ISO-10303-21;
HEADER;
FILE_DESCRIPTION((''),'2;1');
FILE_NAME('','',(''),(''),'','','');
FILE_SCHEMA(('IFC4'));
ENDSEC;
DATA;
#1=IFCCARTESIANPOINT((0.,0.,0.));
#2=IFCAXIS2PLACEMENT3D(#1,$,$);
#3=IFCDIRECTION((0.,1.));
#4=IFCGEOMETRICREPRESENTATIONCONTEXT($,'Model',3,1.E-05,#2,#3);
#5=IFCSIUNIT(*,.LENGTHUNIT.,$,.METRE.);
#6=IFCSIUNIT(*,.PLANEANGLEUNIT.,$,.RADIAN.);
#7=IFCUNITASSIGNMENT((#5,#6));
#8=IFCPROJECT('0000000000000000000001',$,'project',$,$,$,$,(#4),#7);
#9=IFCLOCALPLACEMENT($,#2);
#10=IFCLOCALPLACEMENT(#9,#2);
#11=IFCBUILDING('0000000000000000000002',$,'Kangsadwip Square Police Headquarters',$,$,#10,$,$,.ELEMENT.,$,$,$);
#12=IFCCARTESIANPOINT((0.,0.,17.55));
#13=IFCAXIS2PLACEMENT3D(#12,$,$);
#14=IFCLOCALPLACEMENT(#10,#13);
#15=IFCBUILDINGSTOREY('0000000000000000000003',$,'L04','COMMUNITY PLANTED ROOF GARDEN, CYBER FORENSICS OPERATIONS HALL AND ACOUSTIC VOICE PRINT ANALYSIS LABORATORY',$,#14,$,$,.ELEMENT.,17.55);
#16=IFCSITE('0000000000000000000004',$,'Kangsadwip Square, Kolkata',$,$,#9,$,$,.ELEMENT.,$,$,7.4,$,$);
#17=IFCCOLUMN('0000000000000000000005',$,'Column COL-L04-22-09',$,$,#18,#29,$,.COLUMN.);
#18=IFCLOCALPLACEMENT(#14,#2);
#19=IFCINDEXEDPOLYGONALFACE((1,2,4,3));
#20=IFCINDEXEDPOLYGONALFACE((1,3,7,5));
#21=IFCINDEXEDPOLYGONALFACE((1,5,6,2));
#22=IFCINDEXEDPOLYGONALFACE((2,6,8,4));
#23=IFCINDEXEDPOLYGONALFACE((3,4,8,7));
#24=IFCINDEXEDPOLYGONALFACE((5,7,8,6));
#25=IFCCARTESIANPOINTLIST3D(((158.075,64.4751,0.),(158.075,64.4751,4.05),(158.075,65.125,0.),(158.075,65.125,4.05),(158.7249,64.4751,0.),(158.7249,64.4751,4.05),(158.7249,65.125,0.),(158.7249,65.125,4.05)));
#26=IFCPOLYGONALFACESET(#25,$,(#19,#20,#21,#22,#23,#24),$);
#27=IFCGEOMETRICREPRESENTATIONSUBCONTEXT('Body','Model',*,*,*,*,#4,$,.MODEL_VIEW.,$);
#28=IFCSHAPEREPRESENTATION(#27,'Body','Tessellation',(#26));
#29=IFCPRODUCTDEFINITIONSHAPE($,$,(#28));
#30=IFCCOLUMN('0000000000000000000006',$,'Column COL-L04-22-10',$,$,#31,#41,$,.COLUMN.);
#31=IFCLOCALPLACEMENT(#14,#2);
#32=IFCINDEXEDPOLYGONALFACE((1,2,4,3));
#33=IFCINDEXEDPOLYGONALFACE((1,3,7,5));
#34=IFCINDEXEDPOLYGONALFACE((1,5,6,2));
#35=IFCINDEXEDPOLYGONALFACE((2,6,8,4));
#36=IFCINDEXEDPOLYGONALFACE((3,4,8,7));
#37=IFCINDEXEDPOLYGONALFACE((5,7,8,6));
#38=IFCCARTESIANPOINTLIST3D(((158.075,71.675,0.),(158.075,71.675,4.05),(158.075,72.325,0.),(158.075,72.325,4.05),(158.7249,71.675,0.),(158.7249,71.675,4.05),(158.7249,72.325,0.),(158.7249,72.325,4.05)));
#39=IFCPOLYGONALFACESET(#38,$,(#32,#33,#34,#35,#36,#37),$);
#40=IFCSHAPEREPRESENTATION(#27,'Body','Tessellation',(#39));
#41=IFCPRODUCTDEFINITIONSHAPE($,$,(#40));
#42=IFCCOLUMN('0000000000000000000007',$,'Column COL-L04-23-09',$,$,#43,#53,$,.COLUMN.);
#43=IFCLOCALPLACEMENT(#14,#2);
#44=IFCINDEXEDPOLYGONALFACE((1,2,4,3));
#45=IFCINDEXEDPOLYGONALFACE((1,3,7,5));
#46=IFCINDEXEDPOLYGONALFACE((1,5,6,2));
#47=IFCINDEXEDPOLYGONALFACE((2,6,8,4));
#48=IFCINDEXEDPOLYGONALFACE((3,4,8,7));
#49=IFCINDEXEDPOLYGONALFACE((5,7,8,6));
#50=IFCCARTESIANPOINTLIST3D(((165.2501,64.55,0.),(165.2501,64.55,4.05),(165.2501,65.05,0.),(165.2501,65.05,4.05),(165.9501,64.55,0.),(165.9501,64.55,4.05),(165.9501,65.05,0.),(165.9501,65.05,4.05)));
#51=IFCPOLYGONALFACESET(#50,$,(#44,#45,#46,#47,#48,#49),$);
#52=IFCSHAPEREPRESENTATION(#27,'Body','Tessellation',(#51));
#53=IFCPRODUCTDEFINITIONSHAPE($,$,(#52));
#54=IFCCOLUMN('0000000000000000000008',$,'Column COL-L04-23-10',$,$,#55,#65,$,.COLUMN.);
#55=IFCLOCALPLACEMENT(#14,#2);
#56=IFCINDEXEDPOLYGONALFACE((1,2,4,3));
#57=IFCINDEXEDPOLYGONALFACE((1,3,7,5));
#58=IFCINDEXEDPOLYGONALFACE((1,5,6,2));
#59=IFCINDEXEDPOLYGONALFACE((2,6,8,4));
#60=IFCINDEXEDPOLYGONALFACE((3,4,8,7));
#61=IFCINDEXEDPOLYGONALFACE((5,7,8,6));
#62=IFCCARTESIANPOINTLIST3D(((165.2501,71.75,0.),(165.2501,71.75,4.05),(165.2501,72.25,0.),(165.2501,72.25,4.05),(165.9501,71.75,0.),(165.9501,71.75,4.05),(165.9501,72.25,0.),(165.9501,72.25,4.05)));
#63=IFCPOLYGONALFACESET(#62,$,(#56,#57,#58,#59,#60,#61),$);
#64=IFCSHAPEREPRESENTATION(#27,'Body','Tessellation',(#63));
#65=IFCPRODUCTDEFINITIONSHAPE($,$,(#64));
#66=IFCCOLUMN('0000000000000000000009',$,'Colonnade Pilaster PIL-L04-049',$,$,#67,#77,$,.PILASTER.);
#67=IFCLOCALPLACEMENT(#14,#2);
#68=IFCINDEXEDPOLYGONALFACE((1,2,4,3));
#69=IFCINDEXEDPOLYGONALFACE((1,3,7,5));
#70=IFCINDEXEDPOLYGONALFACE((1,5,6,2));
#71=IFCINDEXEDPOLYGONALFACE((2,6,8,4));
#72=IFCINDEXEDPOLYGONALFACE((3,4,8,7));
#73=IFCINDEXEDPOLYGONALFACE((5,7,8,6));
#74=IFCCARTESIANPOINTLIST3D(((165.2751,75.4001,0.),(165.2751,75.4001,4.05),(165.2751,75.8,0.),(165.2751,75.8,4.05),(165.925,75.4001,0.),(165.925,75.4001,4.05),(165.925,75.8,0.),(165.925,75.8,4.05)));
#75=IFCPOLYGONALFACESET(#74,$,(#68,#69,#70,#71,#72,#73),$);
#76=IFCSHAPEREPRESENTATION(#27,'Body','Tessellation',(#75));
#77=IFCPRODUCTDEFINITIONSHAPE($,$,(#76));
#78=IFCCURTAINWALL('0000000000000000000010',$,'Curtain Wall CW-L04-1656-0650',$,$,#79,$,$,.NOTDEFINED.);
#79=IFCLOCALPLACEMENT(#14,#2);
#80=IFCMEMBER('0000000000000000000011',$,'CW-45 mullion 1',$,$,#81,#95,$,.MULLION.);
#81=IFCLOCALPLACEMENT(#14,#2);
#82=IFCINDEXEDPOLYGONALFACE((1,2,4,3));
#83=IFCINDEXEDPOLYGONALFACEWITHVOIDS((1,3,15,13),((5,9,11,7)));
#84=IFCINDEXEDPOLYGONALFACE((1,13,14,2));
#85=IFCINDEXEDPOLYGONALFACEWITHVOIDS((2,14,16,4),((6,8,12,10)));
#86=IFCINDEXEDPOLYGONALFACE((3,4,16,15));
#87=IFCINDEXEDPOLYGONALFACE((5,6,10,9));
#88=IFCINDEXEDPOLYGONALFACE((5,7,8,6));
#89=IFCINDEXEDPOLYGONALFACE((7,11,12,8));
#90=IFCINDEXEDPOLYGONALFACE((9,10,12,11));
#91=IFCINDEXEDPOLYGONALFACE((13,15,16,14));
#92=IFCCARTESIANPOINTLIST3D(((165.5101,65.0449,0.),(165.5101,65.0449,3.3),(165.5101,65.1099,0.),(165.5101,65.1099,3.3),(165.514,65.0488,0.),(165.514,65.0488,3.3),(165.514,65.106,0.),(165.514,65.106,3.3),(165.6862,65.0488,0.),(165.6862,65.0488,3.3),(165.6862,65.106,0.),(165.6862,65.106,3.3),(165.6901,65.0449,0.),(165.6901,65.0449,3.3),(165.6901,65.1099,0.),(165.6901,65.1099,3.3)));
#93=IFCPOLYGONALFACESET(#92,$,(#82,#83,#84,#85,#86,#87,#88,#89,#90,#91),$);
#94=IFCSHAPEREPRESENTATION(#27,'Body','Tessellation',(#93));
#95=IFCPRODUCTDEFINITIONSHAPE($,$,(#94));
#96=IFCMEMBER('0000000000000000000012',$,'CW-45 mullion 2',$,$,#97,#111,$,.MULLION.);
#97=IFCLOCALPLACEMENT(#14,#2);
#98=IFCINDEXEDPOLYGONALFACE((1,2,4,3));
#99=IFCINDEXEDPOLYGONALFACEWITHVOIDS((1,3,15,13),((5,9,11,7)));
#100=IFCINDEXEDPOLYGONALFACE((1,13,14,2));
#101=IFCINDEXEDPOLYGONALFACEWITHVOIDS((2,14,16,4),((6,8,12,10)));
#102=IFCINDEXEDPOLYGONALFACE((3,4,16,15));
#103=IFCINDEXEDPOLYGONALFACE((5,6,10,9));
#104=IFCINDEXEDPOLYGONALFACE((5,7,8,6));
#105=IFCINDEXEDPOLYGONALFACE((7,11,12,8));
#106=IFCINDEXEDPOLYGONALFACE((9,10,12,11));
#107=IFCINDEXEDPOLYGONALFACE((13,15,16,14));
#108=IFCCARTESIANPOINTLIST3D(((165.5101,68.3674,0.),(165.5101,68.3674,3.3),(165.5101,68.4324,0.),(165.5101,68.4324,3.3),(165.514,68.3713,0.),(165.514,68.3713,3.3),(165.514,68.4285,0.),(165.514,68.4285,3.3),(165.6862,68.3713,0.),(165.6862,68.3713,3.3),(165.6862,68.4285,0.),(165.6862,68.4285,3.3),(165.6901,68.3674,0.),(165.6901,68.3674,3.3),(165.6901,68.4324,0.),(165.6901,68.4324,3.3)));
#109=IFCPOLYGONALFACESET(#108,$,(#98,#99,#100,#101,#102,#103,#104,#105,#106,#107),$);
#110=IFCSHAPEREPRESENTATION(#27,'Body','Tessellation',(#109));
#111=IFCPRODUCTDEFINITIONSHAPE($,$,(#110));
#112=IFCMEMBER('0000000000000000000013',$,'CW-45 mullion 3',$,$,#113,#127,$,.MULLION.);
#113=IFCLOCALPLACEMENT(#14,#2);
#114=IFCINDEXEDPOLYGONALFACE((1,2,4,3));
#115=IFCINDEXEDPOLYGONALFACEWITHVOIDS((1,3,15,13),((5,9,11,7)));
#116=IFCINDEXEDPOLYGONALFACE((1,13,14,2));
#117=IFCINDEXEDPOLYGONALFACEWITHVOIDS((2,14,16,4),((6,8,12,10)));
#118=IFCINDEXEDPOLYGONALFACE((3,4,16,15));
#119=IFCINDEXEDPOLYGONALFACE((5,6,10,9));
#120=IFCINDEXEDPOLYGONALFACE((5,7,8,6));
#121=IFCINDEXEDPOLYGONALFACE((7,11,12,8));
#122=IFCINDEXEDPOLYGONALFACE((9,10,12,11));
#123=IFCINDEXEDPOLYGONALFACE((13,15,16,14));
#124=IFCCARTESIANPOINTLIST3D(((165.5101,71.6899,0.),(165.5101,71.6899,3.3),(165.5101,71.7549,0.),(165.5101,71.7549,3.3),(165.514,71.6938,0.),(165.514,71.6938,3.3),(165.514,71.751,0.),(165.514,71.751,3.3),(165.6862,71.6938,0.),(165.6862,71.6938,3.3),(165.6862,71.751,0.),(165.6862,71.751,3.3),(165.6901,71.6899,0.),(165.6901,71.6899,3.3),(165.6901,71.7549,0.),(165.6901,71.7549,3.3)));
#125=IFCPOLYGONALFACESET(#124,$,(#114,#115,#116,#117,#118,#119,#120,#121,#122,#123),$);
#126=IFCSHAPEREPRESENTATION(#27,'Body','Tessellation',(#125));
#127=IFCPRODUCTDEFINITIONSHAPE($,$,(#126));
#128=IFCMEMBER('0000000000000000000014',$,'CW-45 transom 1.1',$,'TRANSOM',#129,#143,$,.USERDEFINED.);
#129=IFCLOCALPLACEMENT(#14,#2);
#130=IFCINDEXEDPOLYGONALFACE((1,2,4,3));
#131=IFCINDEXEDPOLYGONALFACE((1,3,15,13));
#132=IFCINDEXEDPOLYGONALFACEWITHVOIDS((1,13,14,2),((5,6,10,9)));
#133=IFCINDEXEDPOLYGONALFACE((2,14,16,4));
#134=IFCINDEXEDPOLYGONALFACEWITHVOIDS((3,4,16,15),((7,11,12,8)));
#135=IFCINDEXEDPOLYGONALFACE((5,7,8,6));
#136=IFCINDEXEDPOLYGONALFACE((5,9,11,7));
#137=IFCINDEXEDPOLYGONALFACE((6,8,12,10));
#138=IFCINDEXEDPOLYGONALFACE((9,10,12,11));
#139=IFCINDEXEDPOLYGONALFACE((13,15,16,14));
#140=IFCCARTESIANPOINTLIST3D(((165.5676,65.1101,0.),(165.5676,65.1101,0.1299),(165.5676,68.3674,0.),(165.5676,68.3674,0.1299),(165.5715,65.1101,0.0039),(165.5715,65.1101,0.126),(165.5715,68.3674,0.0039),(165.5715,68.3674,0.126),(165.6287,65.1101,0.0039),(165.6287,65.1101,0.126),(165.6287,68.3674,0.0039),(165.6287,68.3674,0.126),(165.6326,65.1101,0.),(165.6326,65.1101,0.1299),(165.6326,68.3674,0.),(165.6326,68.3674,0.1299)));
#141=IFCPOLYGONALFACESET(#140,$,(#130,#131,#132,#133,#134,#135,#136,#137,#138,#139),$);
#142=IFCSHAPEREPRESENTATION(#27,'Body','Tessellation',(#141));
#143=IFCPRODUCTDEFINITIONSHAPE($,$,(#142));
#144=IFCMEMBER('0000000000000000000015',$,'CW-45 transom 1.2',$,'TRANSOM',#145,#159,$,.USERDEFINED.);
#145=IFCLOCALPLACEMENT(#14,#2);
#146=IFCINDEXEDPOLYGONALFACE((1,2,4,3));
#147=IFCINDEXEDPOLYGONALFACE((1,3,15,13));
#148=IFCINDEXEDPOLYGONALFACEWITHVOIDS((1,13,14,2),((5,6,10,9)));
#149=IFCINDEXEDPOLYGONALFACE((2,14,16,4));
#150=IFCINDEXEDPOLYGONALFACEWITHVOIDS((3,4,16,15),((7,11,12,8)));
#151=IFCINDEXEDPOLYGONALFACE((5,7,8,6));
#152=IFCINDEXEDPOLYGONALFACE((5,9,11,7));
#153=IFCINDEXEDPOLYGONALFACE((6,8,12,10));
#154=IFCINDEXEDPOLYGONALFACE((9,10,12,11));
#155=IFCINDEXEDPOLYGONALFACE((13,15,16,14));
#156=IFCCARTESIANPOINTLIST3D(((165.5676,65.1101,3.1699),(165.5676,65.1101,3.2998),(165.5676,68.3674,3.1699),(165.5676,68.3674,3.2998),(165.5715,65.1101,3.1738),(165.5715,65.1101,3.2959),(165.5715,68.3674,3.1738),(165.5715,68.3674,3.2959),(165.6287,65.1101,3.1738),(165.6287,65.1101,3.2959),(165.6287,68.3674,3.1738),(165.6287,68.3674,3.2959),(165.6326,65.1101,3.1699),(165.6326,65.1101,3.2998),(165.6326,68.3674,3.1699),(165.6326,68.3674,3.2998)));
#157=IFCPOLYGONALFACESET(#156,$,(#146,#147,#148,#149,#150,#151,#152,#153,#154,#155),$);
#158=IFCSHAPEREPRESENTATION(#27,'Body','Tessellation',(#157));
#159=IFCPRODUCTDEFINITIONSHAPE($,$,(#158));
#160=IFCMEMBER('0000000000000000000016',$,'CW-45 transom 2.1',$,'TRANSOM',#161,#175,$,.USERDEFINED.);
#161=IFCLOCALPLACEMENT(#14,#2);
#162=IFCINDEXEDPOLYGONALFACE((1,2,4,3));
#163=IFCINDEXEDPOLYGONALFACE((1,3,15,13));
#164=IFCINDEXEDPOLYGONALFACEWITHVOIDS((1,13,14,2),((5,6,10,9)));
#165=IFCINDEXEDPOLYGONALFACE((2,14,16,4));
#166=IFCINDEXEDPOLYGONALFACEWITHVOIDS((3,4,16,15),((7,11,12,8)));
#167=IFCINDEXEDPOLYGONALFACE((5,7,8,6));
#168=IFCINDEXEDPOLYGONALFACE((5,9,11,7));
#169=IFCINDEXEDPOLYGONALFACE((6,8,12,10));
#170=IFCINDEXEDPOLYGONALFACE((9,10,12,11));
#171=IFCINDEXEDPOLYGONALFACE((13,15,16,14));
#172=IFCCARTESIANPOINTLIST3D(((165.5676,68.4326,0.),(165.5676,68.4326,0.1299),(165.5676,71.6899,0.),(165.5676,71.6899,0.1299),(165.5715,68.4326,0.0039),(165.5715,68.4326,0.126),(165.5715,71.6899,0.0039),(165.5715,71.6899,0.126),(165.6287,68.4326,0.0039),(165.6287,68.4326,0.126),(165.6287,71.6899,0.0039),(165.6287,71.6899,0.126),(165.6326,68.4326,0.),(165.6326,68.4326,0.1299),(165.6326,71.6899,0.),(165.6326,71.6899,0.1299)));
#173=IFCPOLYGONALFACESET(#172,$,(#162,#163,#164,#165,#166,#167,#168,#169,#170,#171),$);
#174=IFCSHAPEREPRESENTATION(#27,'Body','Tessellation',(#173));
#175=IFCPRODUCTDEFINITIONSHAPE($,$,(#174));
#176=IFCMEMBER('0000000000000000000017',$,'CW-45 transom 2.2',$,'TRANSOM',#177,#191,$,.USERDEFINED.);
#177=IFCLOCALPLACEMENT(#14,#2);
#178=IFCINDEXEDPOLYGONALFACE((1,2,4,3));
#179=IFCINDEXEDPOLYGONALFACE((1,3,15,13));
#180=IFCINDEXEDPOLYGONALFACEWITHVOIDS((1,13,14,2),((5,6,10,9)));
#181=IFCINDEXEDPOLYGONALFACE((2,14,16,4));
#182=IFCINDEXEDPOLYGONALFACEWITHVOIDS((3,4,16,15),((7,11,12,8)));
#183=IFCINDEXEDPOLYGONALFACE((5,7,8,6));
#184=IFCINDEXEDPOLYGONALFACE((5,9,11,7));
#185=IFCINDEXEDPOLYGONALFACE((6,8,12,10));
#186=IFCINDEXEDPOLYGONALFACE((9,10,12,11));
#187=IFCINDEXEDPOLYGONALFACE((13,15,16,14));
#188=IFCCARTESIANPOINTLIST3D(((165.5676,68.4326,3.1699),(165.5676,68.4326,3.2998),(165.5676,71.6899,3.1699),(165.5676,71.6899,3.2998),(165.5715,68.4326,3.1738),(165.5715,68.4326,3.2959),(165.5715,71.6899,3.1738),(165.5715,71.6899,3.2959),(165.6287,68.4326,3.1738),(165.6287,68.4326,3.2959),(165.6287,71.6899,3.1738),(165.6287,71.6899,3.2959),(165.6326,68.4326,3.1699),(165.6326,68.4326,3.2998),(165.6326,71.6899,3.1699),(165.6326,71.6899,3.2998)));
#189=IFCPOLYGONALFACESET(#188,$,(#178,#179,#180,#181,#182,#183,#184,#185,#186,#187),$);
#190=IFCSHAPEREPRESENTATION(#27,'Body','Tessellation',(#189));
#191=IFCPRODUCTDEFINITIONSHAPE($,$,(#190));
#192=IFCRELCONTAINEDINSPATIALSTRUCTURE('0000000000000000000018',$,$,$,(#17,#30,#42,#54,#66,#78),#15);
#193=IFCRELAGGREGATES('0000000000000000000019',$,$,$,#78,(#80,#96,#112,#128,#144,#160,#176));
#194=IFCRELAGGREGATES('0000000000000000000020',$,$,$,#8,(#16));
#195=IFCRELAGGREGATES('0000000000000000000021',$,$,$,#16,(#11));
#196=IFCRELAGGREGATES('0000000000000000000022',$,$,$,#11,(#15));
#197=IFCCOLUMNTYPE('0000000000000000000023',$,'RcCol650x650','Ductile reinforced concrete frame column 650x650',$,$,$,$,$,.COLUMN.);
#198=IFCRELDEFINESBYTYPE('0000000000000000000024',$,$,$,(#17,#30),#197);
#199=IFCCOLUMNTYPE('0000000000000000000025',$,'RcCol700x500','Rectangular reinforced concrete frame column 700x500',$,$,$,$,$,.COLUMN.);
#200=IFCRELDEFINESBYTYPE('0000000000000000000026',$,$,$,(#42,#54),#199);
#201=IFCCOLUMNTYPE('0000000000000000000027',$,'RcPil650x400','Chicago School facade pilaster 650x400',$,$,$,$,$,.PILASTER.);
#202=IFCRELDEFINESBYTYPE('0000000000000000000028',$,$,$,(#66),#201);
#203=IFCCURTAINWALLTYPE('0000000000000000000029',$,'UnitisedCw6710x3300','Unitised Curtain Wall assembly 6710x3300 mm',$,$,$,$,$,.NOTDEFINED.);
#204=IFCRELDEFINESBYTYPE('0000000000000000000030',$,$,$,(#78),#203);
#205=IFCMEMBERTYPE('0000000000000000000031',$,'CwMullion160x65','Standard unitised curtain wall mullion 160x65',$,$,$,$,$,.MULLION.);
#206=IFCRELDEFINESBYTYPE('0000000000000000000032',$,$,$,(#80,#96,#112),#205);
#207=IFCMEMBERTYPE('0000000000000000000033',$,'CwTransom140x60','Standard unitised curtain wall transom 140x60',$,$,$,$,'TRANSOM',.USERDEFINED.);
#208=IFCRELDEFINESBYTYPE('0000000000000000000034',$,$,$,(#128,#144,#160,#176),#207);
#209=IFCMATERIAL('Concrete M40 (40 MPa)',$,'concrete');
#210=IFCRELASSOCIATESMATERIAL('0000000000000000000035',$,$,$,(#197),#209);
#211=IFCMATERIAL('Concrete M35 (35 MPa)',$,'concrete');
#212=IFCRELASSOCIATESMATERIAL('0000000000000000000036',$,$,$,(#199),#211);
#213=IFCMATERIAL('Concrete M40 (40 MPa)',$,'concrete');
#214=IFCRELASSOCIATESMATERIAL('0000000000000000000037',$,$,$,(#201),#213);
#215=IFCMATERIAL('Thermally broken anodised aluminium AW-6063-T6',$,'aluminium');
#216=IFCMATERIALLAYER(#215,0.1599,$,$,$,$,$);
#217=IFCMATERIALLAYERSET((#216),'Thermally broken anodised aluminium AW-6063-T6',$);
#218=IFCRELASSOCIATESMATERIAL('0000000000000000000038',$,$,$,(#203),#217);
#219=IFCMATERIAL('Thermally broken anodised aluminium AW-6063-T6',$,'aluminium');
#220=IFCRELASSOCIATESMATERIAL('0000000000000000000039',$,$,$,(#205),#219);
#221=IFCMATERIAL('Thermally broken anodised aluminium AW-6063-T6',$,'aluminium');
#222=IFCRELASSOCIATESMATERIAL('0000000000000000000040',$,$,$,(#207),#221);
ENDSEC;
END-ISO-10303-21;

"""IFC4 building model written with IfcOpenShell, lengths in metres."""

from ifc_helpers import new_model, si_unit, direction, frame, origin, origin_2d, place, context, subcontext, project, spatial, rectangle, hollow_rectangle, extrude, material, layer, layer_set, material_profile, profile_set, type_object, element, aggregate, save


model = new_model("IFC4")

# Units and contexts
model_context = context("Model", 3, precision=1e-05, world=origin(), true_north=direction((0.0, 1.0)))
body_context = subcontext(model_context, "Body", "Model", "MODEL_VIEW")
ifc_project = project(units=[si_unit("LENGTHUNIT", "METRE"), si_unit("PLANEANGLEUNIT", "RADIAN")], contexts=[model_context])

# Site, building, storey
site_placement = place(None, origin())
site = spatial("IfcSite", under=ifc_project, at=site_placement, Name="Kangsadwip Square, Kolkata", CompositionType="ELEMENT", RefElevation=7.4)
building_placement = place(site_placement, origin())
building = spatial("IfcBuilding", under=site, at=building_placement, Name="Kangsadwip Square Police Headquarters", CompositionType="ELEMENT")
storey_placement = place(building_placement, frame((0.0, 0.0, 17.55)))
storey = spatial("IfcBuildingStorey", under=building, at=storey_placement, Name="L04", Description="COMMUNITY PLANTED ROOF GARDEN, CYBER FORENSICS OPERATIONS HALL AND ACOUSTIC VOICE PRINT ANALYSIS LABORATORY", CompositionType="ELEMENT", Elevation=17.55)

# Columns
ifc_material_1 = material(Name="Concrete M40 (40 MPa)", Category="concrete")
ifc_material_profile_1 = material_profile(ifc_material_1, rectangle(XDim=0.6499, YDim=0.6499, at=origin_2d()), Name="RC COL 650X650")
ifc_profile_set_1 = profile_set([ifc_material_profile_1], Name="Concrete M40 (40 MPa)")
column_type_1 = type_object("IfcColumnType", Name="RcCol650x650", Description="Ductile reinforced concrete frame column 650x650", PredefinedType="COLUMN", material=ifc_profile_set_1)
for number, where, z_axis, x_axis, name in (
    (1, (158.3999, 64.8, 0.0), (0.0, 0.0, 1.0), (1.0, 0.0, 0.0), "Column COL-L04-22-09"),
    (2, (158.3999, 72.0, 0.0), (0.0, 0.0, 1.0), (1.0, 0.0, 0.0), "Column COL-L04-22-10"),
):
    element("IfcColumn", number, at=place(storey_placement, frame(where, z_axis=z_axis, x_axis=x_axis)), inside=storey, type_object=column_type_1, Name=name, PredefinedType="COLUMN", context=body_context, shape_type="SweptSolid", body=[
        extrude(rectangle(XDim=0.6499, YDim=0.6499, at=origin_2d()), origin(), (0.0, 0.0, 1.0), 4.05),
    ])
ifc_material_2 = material(Name="Concrete M35 (35 MPa)", Category="concrete")
ifc_material_profile_2 = material_profile(ifc_material_2, rectangle(XDim=0.5, YDim=0.7, at=origin_2d()), Name="RC COL 700X500")
ifc_profile_set_2 = profile_set([ifc_material_profile_2], Name="Concrete M35 (35 MPa)")
column_type_2 = type_object("IfcColumnType", Name="RcCol700x500", Description="Rectangular reinforced concrete frame column 700x500", PredefinedType="COLUMN", material=ifc_profile_set_2)
for number, where, z_axis, x_axis, name in (
    (3, (165.6001, 64.8, 0.0), (0.0, 0.0, 1.0), (0.0, 1.0, 0.0), "Column COL-L04-23-09"),
    (4, (165.6001, 72.0, 0.0), (0.0, 0.0, 1.0), (0.0, 1.0, 0.0), "Column COL-L04-23-10"),
):
    element("IfcColumn", number, at=place(storey_placement, frame(where, z_axis=z_axis, x_axis=x_axis)), inside=storey, type_object=column_type_2, Name=name, PredefinedType="COLUMN", context=body_context, shape_type="SweptSolid", body=[
        extrude(rectangle(XDim=0.5, YDim=0.7, at=origin_2d()), origin(), (0.0, 0.0, 1.0), 4.05),
    ])
ifc_material_3 = material(Name="Concrete M40 (40 MPa)", Category="concrete")
ifc_material_profile_3 = material_profile(ifc_material_3, rectangle(XDim=0.3999, YDim=0.6499, at=origin_2d()), Name="RC PIL 650X400")
ifc_profile_set_3 = profile_set([ifc_material_profile_3], Name="Concrete M40 (40 MPa)")
column_type_3 = type_object("IfcColumnType", Name="RcPil650x400", Description="Chicago School facade pilaster 650x400", PredefinedType="PILASTER", material=ifc_profile_set_3)
column_placement = place(storey_placement, frame((165.6001, 75.6001, 0.0), z_axis=(0.0, 0.0, 1.0), x_axis=(0.0, 1.0, 0.0)))
element("IfcColumn", 5, at=column_placement, inside=storey, type_object=column_type_3, Name="Colonnade Pilaster PIL-L04-049", PredefinedType="PILASTER", context=body_context, shape_type="SweptSolid", body=[
    extrude(rectangle(XDim=0.3999, YDim=0.6499, at=origin_2d()), origin(), (0.0, 0.0, 1.0), 4.05),
])

# Curtain wall, members
ifc_material_4 = material(Name="Thermally broken anodised aluminium AW-6063-T6", Category="aluminium")
ifc_layer_1 = layer(ifc_material_4, 0.1599)
ifc_layer_set_1 = layer_set([ifc_layer_1], Name="Thermally broken anodised aluminium AW-6063-T6")
curtain_wall_type = type_object("IfcCurtainWallType", Name="UnitisedCw6710x3300", Description="Unitised Curtain Wall assembly 6710x3300 mm", PredefinedType="NOTDEFINED", material=ifc_layer_set_1)
curtain_wall_placement = place(storey_placement, origin())
curtain_wall = element("IfcCurtainWall", 6, at=curtain_wall_placement, inside=storey, type_object=curtain_wall_type, Name="Curtain Wall CW-L04-1656-0650", PredefinedType="NOTDEFINED")
ifc_material_5 = material(Name="Thermally broken anodised aluminium AW-6063-T6", Category="aluminium")
ifc_material_profile_4 = material_profile(ifc_material_5, hollow_rectangle(XDim=0.0649, YDim=0.1799, WallThickness=0.0039, at=origin_2d()), Name="CWM 180X65X4")
ifc_profile_set_4 = profile_set([ifc_material_profile_4], Name="Thermally broken anodised aluminium AW-6063-T6")
member_type_1 = type_object("IfcMemberType", Name="CwMullion160x65", Description="Standard unitised curtain wall mullion 160x65", PredefinedType="MULLION", material=ifc_profile_set_4)
member_1_placement = place(storey_placement, frame((165.6001, 65.0774, 0.0), z_axis=(0.0, 0.0, 1.0), x_axis=(0.0, 1.0, 0.0)))
member_1 = element("IfcMember", 7, at=member_1_placement, type_object=member_type_1, Name="CW-45 mullion 1", PredefinedType="MULLION", context=body_context, shape_type="SweptSolid", body=[
    extrude(hollow_rectangle(XDim=0.0649, YDim=0.1799, WallThickness=0.0039, at=origin_2d()), origin(), (0.0, 0.0, 1.0), 3.3),
])
member_2_placement = place(storey_placement, frame((165.6001, 68.3999, 0.0), z_axis=(0.0, 0.0, 1.0), x_axis=(0.0, 1.0, 0.0)))
member_2 = element("IfcMember", 8, at=member_2_placement, type_object=member_type_1, Name="CW-45 mullion 2", PredefinedType="MULLION", context=body_context, shape_type="SweptSolid", body=[
    extrude(hollow_rectangle(XDim=0.0649, YDim=0.1799, WallThickness=0.0039, at=origin_2d()), origin(), (0.0, 0.0, 1.0), 3.3),
])
member_3_placement = place(storey_placement, frame((165.6001, 71.7224, 0.0), z_axis=(0.0, 0.0, 1.0), x_axis=(0.0, 1.0, 0.0)))
member_3 = element("IfcMember", 9, at=member_3_placement, type_object=member_type_1, Name="CW-45 mullion 3", PredefinedType="MULLION", context=body_context, shape_type="SweptSolid", body=[
    extrude(hollow_rectangle(XDim=0.0649, YDim=0.1799, WallThickness=0.0039, at=origin_2d()), origin(), (0.0, 0.0, 1.0), 3.3),
])
ifc_material_6 = material(Name="Thermally broken anodised aluminium AW-6063-T6", Category="aluminium")
ifc_material_profile_5 = material_profile(ifc_material_6, hollow_rectangle(XDim=0.0649, YDim=0.1299, WallThickness=0.0039, at=origin_2d()), Name="CWT 130X65X4")
ifc_profile_set_5 = profile_set([ifc_material_profile_5], Name="Thermally broken anodised aluminium AW-6063-T6")
member_type_2 = type_object("IfcMemberType", Name="CwTransom140x60", Description="Standard unitised curtain wall transom 140x60", ElementType="TRANSOM", PredefinedType="USERDEFINED", material=ifc_profile_set_5)
member_4_placement = place(storey_placement, frame((165.6001, 65.1101, 0.0649), z_axis=(0.0, 1.0, 0.0), x_axis=(-1.0, 0.0, 0.0)))
member_4 = element("IfcMember", 10, at=member_4_placement, type_object=member_type_2, Name="CW-45 transom 1.1", ObjectType="TRANSOM", PredefinedType="USERDEFINED", context=body_context, shape_type="SweptSolid", body=[
    extrude(hollow_rectangle(XDim=0.0649, YDim=0.1299, WallThickness=0.0039, at=origin_2d()), origin(), (0.0, 0.0, 1.0), 3.2573),
])
member_5_placement = place(storey_placement, frame((165.6001, 65.1101, 3.2349), z_axis=(0.0, 1.0, 0.0), x_axis=(-1.0, 0.0, 0.0)))
member_5 = element("IfcMember", 11, at=member_5_placement, type_object=member_type_2, Name="CW-45 transom 1.2", ObjectType="TRANSOM", PredefinedType="USERDEFINED", context=body_context, shape_type="SweptSolid", body=[
    extrude(hollow_rectangle(XDim=0.0649, YDim=0.1299, WallThickness=0.0039, at=origin_2d()), origin(), (0.0, 0.0, 1.0), 3.2573),
])
member_6_placement = place(storey_placement, frame((165.6001, 68.4326, 0.0649), z_axis=(0.0, 1.0, 0.0), x_axis=(-1.0, 0.0, 0.0)))
member_6 = element("IfcMember", 12, at=member_6_placement, type_object=member_type_2, Name="CW-45 transom 2.1", ObjectType="TRANSOM", PredefinedType="USERDEFINED", context=body_context, shape_type="SweptSolid", body=[
    extrude(hollow_rectangle(XDim=0.0649, YDim=0.1299, WallThickness=0.0039, at=origin_2d()), origin(), (0.0, 0.0, 1.0), 3.2573),
])
member_7_placement = place(storey_placement, frame((165.6001, 68.4326, 3.2349), z_axis=(0.0, 1.0, 0.0), x_axis=(-1.0, 0.0, 0.0)))
member_7 = element("IfcMember", 13, at=member_7_placement, type_object=member_type_2, Name="CW-45 transom 2.2", ObjectType="TRANSOM", PredefinedType="USERDEFINED", context=body_context, shape_type="SweptSolid", body=[
    extrude(hollow_rectangle(XDim=0.0649, YDim=0.1299, WallThickness=0.0039, at=origin_2d()), origin(), (0.0, 0.0, 1.0), 3.2573),
])

aggregate(curtain_wall, [member_1, member_2, member_3, member_4, member_5, member_6, member_7])

save(model, "model.ifc")
